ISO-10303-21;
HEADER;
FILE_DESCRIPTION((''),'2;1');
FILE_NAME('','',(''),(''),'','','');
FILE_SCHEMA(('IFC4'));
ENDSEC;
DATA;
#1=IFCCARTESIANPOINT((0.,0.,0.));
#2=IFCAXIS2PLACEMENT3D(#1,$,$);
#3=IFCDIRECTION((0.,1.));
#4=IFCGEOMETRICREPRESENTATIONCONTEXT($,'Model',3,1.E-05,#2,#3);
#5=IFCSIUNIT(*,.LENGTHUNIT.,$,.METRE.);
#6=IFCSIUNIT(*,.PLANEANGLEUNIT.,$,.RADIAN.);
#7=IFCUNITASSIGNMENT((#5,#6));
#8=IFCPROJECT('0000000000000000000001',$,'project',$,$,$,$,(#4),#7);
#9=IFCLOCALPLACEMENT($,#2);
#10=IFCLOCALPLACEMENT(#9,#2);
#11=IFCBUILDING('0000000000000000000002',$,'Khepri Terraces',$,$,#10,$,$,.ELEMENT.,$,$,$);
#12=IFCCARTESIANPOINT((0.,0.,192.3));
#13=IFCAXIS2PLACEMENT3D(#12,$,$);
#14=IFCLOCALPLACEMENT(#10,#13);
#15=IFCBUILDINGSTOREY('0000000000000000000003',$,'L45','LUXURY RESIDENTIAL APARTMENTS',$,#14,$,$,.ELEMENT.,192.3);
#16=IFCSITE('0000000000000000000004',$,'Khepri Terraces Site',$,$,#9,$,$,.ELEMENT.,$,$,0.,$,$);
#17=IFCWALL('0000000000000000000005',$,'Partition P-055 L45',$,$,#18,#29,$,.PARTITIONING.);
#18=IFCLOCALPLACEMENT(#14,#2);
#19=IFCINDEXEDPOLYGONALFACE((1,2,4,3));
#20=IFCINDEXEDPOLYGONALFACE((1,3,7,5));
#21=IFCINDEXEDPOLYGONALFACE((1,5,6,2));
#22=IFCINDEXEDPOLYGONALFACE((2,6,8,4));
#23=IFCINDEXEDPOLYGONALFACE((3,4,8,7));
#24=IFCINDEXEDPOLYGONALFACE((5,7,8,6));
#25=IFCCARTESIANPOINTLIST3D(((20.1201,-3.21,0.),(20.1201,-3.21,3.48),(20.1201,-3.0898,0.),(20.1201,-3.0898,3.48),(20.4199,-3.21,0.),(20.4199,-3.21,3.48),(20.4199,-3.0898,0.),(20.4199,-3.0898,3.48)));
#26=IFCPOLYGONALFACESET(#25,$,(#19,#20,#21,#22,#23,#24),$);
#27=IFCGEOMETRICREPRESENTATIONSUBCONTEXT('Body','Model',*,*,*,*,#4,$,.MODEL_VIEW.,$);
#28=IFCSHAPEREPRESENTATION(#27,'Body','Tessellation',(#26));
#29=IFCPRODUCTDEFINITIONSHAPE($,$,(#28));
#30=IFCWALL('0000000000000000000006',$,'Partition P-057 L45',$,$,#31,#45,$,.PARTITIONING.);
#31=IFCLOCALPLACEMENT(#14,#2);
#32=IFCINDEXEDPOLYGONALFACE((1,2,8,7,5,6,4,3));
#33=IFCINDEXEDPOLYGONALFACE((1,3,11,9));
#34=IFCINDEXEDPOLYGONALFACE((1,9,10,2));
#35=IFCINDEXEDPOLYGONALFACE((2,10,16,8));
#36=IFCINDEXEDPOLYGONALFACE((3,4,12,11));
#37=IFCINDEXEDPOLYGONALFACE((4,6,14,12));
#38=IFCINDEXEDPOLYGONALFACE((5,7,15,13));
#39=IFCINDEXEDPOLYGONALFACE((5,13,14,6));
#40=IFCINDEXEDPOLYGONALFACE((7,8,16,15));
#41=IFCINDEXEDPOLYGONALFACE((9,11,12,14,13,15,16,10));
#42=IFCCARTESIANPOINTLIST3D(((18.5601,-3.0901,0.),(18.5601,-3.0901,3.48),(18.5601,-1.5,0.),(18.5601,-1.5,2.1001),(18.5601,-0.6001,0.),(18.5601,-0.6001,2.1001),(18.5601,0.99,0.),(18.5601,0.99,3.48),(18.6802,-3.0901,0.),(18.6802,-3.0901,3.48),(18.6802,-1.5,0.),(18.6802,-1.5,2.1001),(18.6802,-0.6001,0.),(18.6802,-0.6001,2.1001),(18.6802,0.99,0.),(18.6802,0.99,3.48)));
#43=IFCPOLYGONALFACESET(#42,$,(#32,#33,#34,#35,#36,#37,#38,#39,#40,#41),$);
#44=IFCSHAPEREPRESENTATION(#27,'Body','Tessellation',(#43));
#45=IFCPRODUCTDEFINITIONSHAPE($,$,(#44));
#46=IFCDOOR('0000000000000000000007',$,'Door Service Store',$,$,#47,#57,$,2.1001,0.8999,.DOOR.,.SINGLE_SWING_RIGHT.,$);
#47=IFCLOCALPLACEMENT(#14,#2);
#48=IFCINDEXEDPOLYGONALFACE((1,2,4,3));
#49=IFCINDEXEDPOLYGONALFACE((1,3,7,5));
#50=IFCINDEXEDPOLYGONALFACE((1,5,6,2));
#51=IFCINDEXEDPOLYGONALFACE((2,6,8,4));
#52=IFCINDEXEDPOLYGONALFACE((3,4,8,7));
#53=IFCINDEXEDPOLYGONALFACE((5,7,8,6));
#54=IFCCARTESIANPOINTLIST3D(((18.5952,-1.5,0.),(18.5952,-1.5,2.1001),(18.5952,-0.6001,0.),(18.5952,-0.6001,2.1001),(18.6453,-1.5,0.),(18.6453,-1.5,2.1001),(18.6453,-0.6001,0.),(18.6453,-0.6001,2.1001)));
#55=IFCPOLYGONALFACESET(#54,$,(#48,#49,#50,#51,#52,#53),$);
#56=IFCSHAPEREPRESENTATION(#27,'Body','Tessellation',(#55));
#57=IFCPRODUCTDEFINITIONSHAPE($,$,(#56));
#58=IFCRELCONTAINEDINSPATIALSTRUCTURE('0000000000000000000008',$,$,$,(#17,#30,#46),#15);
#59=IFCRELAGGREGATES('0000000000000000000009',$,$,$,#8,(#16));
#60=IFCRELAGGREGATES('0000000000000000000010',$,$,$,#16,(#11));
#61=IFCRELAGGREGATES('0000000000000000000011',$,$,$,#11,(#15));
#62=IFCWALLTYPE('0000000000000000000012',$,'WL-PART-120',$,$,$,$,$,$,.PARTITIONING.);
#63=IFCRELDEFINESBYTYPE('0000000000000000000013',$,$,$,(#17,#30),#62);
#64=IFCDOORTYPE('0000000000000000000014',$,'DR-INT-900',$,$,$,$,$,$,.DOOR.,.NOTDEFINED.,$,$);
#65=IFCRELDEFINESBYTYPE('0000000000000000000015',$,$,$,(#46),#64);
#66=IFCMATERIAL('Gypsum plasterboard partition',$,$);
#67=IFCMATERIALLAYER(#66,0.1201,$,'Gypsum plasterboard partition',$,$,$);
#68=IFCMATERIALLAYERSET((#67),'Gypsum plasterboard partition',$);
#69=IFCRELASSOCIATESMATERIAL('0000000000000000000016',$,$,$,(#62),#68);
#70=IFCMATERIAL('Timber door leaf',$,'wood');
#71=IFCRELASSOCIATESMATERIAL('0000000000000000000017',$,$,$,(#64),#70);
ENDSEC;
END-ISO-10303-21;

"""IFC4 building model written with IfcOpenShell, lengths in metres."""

from ifc_helpers import new_model, si_unit, direction, frame, frame_2d, origin, place, context, subcontext, project, spatial, rectangle, extrude, material, layer, layer_set, type_object, element, fill, save


model = new_model("IFC4")

# Units and contexts
model_context = context("Model", 3, precision=1e-05, world=origin(), true_north=direction((0.0, 1.0)))
body_context = subcontext(model_context, "Body", "Model", "MODEL_VIEW")
ifc_project = project(units=[si_unit("LENGTHUNIT", "METRE"), si_unit("PLANEANGLEUNIT", "RADIAN")], contexts=[model_context])

# Site, building, storey
site_placement = place(None, origin())
site = spatial("IfcSite", under=ifc_project, at=site_placement, Name="Khepri Terraces Site", CompositionType="ELEMENT", RefElevation=0.0)
building_placement = place(site_placement, origin())
building = spatial("IfcBuilding", under=site, at=building_placement, Name="Khepri Terraces", CompositionType="ELEMENT")
storey_placement = place(building_placement, frame((0.0, 0.0, 192.3)))
storey = spatial("IfcBuildingStorey", under=building, at=storey_placement, Name="L45", Description="LUXURY RESIDENTIAL APARTMENTS", CompositionType="ELEMENT", Elevation=192.3)

# Shared definitions
ifc_material_1 = material(Name="Gypsum plasterboard partition")
ifc_layer_1 = layer(ifc_material_1, 0.1201, Name="Gypsum plasterboard partition")
ifc_layer_set_1 = layer_set([ifc_layer_1], Name="Gypsum plasterboard partition")
wall_type_1 = type_object("IfcWallType", Name="WL-PART-120", PredefinedType="PARTITIONING", material=ifc_layer_set_1)

# Shared definitions
ifc_material_2 = material(Name="Timber door leaf", Category="wood")
door_type_1 = type_object("IfcDoorType", Name="DR-INT-900", OperationType="NOTDEFINED", PredefinedType="DOOR", material=ifc_material_2)

# Wall
wall_1_placement = place(storey_placement, frame((20.1201, -3.1499, 0.0), z_axis=(0.0, 0.0, 1.0), x_axis=(1.0, 0.0, 0.0)))
element("IfcWall", 1, at=wall_1_placement, inside=storey, type_object=wall_type_1, Name="Partition P-055 L45", PredefinedType="PARTITIONING", context=body_context, shape_type="SweptSolid", body=[
    extrude(rectangle(XDim=0.2998, YDim=0.1201, at=frame_2d((0.1499, 0.0))), origin(), (0.0, 0.0, 1.0), 3.48),
])

# Wall, opening, door
wall_2_placement = place(storey_placement, frame((18.6201, -3.0901, 0.0), z_axis=(0.0, 0.0, 1.0), x_axis=(0.0, 1.0, 0.0)))
wall_2 = element("IfcWall", 2, at=wall_2_placement, inside=storey, type_object=wall_type_1, Name="Partition P-057 L45", PredefinedType="PARTITIONING", context=body_context, shape_type="SweptSolid", body=[
    extrude(rectangle(XDim=4.0801, YDim=0.1201, at=frame_2d((2.04, 0.0))), origin(), (0.0, 0.0, 1.0), 3.48),
])
opening_1_placement = place(wall_2_placement, frame((1.5901, 0.0, 0.0)))
opening_1 = element("IfcOpeningElement", 3, at=opening_1_placement, cuts=wall_2, PredefinedType="OPENING", context=body_context, shape_type="SweptSolid", body=[
    extrude(rectangle(XDim=0.8999, YDim=2.1001, at=frame_2d((0.45, 1.05))), frame((0.0, 0.0701, 0.0), z_axis=(0.0, -1.0, 0.0), x_axis=(1.0, 0.0, 0.0)), (0.0, 0.0, 1.0), 0.1401),
])
door_1_placement = place(opening_1_placement, origin())
door_1 = element("IfcDoor", 4, at=door_1_placement, inside=storey, type_object=door_type_1, Name="Door Service Store", OperationType="SINGLE_SWING_RIGHT", OverallHeight=2.1001, OverallWidth=0.8999, PredefinedType="DOOR", context=body_context, shape_type="SweptSolid", body=[
    extrude(rectangle(XDim=0.8999, YDim=2.1001, at=frame_2d((0.45, 1.05))), frame((0.0, 0.0249, 0.0), z_axis=(0.0, -1.0, 0.0), x_axis=(1.0, 0.0, 0.0)), (0.0, 0.0, 1.0), 0.05),
])
fill(opening_1, door_1)

save(model, "model.ifc")
